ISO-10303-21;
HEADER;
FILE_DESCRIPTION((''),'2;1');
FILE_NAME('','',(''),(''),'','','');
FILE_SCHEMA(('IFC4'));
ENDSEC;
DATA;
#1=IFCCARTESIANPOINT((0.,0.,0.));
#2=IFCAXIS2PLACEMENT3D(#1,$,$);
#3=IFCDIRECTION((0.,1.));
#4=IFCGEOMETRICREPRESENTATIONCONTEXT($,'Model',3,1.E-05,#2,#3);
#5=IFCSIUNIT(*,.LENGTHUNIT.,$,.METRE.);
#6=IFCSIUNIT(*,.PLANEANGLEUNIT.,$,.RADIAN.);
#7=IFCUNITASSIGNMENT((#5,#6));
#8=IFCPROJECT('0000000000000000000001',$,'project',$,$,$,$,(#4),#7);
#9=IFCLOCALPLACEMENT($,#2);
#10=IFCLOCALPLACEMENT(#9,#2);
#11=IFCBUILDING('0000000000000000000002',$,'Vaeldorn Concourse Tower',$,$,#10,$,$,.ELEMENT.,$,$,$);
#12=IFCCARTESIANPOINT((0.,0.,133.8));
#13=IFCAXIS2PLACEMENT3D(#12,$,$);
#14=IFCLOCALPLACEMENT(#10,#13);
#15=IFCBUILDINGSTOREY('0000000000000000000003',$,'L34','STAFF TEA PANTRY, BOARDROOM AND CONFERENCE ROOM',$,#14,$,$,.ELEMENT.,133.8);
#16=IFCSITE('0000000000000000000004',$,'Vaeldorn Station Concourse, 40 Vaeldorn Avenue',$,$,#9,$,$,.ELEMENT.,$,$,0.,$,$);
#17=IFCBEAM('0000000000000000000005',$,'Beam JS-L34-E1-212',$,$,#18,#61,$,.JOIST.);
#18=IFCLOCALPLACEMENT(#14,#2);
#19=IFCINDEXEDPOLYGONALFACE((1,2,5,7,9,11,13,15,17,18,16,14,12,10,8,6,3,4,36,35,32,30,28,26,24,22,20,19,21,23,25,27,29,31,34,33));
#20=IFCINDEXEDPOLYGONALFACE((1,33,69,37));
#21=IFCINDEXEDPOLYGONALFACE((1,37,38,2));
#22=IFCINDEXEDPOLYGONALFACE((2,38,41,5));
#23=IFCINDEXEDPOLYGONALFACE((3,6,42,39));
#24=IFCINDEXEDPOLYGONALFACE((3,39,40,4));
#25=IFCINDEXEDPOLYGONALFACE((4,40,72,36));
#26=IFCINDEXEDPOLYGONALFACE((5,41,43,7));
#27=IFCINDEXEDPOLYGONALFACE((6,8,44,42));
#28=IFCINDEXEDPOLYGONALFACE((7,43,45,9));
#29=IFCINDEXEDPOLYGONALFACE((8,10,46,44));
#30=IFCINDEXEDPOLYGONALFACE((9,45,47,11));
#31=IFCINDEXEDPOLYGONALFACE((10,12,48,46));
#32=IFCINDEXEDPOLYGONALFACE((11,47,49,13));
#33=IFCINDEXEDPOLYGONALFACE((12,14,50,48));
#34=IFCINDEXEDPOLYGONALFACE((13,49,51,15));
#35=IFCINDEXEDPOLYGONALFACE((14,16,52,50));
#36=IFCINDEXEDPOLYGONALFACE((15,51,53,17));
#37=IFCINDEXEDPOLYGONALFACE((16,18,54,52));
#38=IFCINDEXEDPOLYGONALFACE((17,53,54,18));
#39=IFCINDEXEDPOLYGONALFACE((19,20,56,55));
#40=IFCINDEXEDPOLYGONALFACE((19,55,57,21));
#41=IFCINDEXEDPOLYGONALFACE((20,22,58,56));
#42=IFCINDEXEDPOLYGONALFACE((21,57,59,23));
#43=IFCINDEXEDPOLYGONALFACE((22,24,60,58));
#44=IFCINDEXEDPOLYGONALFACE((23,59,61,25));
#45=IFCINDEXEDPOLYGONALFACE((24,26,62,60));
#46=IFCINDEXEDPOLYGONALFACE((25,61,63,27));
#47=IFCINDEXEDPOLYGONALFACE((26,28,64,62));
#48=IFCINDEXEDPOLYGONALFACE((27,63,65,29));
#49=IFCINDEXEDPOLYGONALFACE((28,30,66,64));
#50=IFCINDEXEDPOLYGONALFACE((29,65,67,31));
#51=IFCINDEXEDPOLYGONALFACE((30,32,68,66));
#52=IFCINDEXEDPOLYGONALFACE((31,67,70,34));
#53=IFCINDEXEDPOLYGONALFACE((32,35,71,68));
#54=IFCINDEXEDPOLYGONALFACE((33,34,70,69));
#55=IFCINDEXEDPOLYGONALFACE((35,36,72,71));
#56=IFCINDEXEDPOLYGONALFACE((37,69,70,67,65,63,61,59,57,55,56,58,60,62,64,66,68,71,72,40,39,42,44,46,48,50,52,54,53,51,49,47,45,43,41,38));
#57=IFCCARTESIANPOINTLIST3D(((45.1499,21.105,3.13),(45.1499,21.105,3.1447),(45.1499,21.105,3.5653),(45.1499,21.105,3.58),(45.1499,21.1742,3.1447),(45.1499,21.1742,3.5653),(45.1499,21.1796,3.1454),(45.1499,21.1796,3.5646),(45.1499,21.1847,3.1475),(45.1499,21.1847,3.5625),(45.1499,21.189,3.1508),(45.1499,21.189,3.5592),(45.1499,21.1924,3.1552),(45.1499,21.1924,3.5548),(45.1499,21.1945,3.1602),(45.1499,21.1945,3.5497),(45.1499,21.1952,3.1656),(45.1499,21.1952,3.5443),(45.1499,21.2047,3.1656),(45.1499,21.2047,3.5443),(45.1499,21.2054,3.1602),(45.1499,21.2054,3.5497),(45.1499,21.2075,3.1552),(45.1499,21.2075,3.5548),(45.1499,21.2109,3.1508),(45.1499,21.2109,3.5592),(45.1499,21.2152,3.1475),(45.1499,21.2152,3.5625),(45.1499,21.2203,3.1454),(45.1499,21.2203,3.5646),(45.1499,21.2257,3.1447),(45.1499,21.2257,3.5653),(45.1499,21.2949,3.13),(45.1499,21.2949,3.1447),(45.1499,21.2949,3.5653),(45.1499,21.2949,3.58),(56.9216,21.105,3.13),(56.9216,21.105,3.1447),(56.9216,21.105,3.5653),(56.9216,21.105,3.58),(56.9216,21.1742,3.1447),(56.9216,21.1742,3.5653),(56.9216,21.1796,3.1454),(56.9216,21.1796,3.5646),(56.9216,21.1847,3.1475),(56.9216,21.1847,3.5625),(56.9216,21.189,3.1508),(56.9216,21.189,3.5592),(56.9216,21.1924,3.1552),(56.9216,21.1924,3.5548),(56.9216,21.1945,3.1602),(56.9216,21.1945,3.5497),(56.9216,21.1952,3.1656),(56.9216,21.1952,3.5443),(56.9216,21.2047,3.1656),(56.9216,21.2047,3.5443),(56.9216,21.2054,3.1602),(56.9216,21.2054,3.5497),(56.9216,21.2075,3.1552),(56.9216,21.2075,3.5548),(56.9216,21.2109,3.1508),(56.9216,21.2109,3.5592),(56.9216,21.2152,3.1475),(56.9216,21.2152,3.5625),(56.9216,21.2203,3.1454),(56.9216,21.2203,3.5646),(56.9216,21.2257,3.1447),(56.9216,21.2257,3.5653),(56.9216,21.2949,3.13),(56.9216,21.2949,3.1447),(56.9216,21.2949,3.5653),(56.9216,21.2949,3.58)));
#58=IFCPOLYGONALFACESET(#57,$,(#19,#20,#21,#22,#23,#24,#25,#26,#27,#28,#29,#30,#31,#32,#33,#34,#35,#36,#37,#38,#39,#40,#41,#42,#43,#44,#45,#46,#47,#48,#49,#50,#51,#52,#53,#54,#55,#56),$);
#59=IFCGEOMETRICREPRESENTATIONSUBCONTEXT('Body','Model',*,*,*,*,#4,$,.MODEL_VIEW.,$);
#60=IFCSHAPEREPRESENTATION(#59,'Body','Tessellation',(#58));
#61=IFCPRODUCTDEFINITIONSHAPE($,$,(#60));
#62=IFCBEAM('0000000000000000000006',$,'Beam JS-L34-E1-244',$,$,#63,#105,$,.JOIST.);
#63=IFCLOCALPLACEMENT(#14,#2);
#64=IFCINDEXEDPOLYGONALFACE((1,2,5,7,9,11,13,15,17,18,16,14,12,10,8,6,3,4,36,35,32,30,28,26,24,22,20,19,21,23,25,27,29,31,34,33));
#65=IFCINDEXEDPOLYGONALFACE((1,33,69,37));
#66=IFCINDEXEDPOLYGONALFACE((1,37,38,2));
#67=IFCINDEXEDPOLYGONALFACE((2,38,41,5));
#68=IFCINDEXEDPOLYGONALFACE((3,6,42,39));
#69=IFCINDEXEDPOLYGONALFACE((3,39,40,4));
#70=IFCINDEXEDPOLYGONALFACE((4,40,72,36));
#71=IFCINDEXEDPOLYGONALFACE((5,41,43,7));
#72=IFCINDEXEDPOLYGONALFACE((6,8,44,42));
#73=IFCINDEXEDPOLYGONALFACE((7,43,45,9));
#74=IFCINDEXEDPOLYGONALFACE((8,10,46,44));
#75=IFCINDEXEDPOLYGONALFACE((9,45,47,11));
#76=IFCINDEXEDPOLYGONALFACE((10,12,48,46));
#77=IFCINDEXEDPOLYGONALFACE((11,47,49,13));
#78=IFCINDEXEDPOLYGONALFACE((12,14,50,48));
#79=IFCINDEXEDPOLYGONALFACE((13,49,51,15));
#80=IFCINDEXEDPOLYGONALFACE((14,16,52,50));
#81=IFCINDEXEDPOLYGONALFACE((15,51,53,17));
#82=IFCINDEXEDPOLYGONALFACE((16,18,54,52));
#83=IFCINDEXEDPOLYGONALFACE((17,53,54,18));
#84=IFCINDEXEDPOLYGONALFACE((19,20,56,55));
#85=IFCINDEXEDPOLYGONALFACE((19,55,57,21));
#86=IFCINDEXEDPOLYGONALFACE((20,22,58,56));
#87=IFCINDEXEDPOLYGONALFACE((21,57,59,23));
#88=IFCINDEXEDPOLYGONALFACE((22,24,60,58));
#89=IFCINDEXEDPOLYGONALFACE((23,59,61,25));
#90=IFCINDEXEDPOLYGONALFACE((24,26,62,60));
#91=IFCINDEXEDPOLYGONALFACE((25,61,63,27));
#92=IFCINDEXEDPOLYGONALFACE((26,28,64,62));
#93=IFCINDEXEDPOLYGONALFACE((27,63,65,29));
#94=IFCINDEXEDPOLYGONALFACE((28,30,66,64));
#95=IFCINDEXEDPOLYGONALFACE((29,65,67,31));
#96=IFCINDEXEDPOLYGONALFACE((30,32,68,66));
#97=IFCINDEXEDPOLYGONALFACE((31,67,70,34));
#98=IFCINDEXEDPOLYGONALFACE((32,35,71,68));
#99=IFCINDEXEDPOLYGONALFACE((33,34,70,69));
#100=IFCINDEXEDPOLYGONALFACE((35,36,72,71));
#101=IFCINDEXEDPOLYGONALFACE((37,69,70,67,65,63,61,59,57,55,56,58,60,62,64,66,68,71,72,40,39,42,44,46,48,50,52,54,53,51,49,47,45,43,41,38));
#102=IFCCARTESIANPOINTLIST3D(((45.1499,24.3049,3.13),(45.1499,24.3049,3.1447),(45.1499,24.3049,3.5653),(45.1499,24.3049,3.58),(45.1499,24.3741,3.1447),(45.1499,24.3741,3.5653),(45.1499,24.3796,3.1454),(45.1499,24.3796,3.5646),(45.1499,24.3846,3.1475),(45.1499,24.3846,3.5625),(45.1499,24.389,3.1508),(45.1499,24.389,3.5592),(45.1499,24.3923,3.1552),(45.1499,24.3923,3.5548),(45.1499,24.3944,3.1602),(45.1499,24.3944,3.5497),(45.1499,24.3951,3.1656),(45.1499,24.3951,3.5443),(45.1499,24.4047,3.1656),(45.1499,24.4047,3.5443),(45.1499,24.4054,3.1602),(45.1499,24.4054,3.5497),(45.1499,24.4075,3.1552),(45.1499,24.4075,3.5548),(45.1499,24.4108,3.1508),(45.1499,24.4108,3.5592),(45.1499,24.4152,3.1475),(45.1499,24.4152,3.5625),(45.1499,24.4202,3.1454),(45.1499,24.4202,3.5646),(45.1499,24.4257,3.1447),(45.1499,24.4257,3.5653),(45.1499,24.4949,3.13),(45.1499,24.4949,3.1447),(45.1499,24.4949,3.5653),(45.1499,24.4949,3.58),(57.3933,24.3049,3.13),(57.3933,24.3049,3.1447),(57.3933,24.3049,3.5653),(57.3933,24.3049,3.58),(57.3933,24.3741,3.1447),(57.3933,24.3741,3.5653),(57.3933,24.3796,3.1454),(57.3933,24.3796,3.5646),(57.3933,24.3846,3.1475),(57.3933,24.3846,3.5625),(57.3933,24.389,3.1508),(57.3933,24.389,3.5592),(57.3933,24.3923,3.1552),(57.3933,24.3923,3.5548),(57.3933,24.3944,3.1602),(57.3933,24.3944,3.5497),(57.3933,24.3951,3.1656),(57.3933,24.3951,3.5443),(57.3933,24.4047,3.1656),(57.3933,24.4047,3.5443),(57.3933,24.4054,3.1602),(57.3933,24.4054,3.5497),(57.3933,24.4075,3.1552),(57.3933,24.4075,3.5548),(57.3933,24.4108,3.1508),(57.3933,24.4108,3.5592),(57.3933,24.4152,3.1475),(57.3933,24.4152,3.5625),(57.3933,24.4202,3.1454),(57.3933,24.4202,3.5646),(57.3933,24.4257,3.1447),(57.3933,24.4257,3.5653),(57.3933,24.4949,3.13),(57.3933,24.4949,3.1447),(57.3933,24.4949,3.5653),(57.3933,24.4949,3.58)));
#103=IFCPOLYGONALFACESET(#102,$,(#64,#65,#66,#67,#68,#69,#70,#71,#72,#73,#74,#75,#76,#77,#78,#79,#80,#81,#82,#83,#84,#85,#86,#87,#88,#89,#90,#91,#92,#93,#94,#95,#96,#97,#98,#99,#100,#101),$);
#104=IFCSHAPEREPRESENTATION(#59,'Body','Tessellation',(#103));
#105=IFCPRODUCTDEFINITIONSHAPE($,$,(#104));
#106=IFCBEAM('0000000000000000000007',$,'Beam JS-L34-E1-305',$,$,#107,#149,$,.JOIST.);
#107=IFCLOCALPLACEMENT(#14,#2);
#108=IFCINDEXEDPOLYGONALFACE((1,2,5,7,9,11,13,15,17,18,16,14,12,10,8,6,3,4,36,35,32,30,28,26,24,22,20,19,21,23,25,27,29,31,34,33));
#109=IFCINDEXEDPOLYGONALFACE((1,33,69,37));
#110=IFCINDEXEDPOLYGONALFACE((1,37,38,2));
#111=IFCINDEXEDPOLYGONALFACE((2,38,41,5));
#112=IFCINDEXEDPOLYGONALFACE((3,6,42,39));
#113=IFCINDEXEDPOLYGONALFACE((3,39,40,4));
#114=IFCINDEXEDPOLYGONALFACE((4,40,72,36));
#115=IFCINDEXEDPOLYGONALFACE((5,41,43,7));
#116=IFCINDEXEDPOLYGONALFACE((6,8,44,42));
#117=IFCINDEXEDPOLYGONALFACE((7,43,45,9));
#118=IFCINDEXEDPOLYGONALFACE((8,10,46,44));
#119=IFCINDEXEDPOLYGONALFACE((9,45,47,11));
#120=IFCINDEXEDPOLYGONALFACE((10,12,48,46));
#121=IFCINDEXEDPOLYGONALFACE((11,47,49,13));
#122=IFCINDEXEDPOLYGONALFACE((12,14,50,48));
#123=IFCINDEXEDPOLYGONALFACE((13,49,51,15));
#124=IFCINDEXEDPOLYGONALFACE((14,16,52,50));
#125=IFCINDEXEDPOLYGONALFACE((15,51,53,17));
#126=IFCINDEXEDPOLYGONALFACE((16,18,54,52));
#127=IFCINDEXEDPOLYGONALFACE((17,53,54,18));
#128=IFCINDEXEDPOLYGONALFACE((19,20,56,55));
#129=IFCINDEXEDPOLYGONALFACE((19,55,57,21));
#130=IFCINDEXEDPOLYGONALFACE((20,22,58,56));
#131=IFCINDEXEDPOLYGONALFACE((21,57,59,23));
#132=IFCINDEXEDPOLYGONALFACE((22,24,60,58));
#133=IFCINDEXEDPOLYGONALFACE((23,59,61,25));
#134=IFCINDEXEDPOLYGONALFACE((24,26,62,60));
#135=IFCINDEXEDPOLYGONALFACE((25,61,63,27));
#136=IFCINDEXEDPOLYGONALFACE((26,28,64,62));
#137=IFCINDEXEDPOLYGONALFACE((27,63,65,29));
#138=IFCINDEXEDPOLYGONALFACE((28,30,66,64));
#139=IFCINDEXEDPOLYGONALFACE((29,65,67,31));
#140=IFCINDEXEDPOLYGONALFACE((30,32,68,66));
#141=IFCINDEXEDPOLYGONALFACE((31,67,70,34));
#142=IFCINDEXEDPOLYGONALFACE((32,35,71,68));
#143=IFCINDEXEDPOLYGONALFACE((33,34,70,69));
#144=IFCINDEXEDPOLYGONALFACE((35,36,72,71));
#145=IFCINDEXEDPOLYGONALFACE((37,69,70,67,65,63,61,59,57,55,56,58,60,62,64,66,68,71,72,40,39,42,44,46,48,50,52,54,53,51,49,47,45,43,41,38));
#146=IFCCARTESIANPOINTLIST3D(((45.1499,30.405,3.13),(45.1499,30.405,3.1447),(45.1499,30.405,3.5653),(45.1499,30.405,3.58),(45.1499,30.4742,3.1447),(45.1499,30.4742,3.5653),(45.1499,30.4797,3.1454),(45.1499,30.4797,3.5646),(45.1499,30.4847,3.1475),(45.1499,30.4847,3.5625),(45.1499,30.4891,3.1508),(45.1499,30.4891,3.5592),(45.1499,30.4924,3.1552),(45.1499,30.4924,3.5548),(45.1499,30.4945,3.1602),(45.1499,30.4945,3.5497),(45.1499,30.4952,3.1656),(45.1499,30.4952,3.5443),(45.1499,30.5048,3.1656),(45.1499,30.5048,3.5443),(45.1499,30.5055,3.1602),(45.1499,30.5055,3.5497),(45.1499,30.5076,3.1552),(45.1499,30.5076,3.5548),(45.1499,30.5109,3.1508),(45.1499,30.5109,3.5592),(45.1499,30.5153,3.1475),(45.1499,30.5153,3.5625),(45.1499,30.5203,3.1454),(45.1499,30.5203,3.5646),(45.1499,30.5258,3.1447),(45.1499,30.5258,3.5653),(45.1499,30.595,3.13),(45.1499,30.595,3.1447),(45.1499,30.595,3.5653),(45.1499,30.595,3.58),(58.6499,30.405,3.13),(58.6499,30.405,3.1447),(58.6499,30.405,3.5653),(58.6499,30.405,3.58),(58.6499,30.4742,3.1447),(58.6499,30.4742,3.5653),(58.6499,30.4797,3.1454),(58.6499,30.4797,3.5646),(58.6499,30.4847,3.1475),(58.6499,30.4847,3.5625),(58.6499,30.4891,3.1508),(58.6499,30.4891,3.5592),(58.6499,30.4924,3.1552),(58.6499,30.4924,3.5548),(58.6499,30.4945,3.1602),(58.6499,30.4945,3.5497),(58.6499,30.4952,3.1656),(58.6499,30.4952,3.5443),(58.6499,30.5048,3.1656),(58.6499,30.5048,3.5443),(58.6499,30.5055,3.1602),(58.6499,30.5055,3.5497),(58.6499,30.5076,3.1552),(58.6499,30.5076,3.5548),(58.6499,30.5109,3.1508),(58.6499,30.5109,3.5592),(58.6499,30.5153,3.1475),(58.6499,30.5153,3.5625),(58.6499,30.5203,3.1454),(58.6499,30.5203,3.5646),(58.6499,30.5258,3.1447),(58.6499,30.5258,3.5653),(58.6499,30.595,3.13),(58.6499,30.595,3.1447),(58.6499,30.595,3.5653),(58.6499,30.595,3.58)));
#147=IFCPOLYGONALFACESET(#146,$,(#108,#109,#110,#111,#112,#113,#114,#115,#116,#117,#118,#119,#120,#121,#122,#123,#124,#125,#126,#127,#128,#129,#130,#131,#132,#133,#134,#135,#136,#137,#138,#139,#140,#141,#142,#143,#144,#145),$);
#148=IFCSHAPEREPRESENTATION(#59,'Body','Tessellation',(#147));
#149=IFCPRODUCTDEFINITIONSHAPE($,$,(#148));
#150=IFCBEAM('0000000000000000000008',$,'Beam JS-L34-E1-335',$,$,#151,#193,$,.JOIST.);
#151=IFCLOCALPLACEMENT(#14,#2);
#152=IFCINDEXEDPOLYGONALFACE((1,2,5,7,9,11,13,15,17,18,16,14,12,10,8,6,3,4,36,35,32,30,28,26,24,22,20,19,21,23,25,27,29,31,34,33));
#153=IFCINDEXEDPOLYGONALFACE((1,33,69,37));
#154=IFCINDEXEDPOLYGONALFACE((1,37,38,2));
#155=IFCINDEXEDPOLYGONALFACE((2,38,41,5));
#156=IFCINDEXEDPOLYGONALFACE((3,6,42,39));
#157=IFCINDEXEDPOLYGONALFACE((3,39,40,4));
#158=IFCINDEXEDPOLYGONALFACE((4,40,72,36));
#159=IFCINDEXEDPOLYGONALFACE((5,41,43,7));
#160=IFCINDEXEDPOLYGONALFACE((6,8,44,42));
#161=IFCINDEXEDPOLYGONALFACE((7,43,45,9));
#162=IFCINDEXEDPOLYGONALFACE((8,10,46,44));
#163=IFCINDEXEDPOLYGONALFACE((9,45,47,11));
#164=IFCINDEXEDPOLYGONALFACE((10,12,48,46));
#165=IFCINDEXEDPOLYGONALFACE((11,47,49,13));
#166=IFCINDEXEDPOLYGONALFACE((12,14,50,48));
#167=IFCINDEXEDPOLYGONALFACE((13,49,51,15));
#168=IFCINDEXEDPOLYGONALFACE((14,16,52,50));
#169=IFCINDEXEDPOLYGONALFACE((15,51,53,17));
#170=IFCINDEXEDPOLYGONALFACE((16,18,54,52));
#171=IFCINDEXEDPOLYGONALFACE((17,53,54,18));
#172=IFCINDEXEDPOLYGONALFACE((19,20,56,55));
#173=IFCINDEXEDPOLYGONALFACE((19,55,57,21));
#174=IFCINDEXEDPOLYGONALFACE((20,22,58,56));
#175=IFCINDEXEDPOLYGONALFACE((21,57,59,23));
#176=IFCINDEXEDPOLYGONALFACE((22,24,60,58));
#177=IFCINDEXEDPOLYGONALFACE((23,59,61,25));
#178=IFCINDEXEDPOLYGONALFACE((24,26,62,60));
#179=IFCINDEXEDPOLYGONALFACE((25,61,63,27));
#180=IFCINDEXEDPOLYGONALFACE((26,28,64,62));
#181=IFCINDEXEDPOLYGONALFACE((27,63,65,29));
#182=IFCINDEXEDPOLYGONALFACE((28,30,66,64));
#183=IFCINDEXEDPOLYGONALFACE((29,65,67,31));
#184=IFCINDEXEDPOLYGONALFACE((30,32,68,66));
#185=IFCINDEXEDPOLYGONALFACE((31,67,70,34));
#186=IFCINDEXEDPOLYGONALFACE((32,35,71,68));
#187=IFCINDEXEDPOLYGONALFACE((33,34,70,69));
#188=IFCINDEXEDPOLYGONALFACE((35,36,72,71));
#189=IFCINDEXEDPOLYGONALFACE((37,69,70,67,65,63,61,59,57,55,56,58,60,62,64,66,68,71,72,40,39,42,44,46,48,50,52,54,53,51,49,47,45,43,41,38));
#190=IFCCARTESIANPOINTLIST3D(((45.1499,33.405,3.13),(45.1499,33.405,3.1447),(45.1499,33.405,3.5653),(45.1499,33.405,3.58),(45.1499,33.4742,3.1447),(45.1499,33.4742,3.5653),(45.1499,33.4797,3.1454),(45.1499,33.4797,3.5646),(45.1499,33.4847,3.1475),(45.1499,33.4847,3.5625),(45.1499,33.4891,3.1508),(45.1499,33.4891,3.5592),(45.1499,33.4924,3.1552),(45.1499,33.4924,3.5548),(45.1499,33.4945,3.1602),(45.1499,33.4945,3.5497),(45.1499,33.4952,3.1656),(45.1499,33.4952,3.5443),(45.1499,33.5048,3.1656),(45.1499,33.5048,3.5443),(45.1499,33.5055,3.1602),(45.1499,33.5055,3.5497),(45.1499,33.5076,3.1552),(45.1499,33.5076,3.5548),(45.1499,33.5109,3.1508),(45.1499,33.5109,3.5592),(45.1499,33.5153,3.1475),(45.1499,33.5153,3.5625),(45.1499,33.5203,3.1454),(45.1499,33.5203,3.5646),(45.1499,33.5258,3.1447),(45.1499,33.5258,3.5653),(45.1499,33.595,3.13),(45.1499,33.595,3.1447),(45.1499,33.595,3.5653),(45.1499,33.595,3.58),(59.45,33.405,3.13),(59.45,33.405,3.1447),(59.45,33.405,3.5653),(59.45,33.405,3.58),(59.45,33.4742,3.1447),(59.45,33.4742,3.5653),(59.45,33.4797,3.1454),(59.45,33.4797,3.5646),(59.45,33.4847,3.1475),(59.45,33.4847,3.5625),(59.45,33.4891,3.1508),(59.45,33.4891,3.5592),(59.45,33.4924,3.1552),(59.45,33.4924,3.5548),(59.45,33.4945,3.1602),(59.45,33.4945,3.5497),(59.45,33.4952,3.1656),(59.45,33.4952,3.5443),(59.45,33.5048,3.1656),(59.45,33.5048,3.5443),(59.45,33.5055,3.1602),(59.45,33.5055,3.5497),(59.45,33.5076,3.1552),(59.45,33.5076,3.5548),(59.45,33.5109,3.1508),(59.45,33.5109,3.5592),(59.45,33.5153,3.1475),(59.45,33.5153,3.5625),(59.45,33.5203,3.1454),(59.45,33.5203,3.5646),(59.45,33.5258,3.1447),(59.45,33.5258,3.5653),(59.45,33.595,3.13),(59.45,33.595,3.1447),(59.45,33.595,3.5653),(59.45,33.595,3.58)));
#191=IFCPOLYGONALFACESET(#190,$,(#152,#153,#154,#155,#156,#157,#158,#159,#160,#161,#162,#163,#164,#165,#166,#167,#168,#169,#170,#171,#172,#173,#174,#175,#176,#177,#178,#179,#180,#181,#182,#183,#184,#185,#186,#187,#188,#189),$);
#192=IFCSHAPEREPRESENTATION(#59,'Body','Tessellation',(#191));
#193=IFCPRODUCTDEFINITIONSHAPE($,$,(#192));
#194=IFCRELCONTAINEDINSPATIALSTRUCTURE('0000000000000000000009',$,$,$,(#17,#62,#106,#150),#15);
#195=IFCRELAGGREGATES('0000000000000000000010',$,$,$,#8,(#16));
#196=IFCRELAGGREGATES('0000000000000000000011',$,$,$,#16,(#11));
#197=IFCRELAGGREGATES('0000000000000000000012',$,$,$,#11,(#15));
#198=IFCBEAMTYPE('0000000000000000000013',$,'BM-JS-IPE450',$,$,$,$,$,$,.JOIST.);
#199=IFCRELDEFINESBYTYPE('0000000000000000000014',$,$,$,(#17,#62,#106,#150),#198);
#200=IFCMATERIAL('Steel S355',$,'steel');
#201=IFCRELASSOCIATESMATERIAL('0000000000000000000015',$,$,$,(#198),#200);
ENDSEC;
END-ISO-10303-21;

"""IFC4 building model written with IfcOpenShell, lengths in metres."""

from ifc_helpers import new_model, si_unit, direction, frame, origin, origin_2d, place, context, subcontext, project, spatial, i_section, extrude, source, transform, mapped, material, material_profile, profile_set, type_object, element, save


model = new_model("IFC4")

# Units and contexts
model_context = context("Model", 3, precision=1e-05, world=origin(), true_north=direction((0.0, 1.0)))
body_context = subcontext(model_context, "Body", "Model", "MODEL_VIEW")
ifc_project = project(units=[si_unit("LENGTHUNIT", "METRE"), si_unit("PLANEANGLEUNIT", "RADIAN")], contexts=[model_context])

# Site, building, storey
site_placement = place(None, origin())
site = spatial("IfcSite", under=ifc_project, at=site_placement, Name="Vaeldorn Station Concourse, 40 Vaeldorn Avenue", CompositionType="ELEMENT", RefElevation=0.0)
building_placement = place(site_placement, origin())
building = spatial("IfcBuilding", under=site, at=building_placement, Name="Vaeldorn Concourse Tower", CompositionType="ELEMENT")
storey_placement = place(building_placement, frame((0.0, 0.0, 133.8)))
storey = spatial("IfcBuildingStorey", under=building, at=storey_placement, Name="L34", Description="STAFF TEA PANTRY, BOARDROOM AND CONFERENCE ROOM", CompositionType="ELEMENT", Elevation=133.8)

# Beams
ifc_material_1 = material(Name="Steel S355", Category="steel")
ifc_material_profile_1 = material_profile(ifc_material_1, i_section(OverallWidth=0.1899, OverallDepth=0.45, WebThickness=0.0095, FlangeThickness=0.0146, FilletRadius=0.021, at=origin_2d()), Name="IPE 450")
ifc_profile_set_1 = profile_set([ifc_material_profile_1], Name="Steel S355")
beam_type_1 = type_object("IfcBeamType", Name="BM-JS-IPE450", PredefinedType="JOIST", material=ifc_profile_set_1)
shared_shape_1 = source(origin(), body_context, "Body", "SweptSolid", [
    extrude(i_section(OverallWidth=0.1899, OverallDepth=0.45, WebThickness=0.0095, FlangeThickness=0.0146, FilletRadius=0.021, at=origin_2d()), origin(), (0.0, 0.0, 1.0), 11.7717),
])
beam_1_placement = place(storey_placement, frame((45.1499, 21.2, 3.355), z_axis=(1.0, 0.0, 0.0), x_axis=(0.0, 1.0, 0.0)))
element("IfcBeam", 1, at=beam_1_placement, inside=storey, type_object=beam_type_1, Name="Beam JS-L34-E1-212", PredefinedType="JOIST", context=body_context, shape_type="MappedRepresentation", body=[
    mapped(shared_shape_1, transform((0.0, 0.0, 0.0), scale=1.0)),
])
shared_shape_2 = source(origin(), body_context, "Body", "SweptSolid", [
    extrude(i_section(OverallWidth=0.1899, OverallDepth=0.45, WebThickness=0.0095, FlangeThickness=0.0146, FilletRadius=0.021, at=origin_2d()), origin(), (0.0, 0.0, 1.0), 12.2434),
])
beam_2_placement = place(storey_placement, frame((45.1499, 24.3999, 3.355), z_axis=(1.0, 0.0, 0.0), x_axis=(0.0, 1.0, 0.0)))
element("IfcBeam", 2, at=beam_2_placement, inside=storey, type_object=beam_type_1, Name="Beam JS-L34-E1-244", PredefinedType="JOIST", context=body_context, shape_type="MappedRepresentation", body=[
    mapped(shared_shape_2, transform((0.0, 0.0, 0.0), scale=1.0)),
])
shared_shape_3 = source(origin(), body_context, "Body", "SweptSolid", [
    extrude(i_section(OverallWidth=0.1899, OverallDepth=0.45, WebThickness=0.0095, FlangeThickness=0.0146, FilletRadius=0.021, at=origin_2d()), origin(), (0.0, 0.0, 1.0), 13.5),
])
beam_3_placement = place(storey_placement, frame((45.1499, 30.5, 3.355), z_axis=(1.0, 0.0, 0.0), x_axis=(0.0, 1.0, 0.0)))
element("IfcBeam", 3, at=beam_3_placement, inside=storey, type_object=beam_type_1, Name="Beam JS-L34-E1-305", PredefinedType="JOIST", context=body_context, shape_type="MappedRepresentation", body=[
    mapped(shared_shape_3, transform((0.0, 0.0, 0.0), scale=1.0)),
])
shared_shape_4 = source(origin(), body_context, "Body", "SweptSolid", [
    extrude(i_section(OverallWidth=0.1899, OverallDepth=0.45, WebThickness=0.0095, FlangeThickness=0.0146, FilletRadius=0.021, at=origin_2d()), origin(), (0.0, 0.0, 1.0), 14.3),
])
beam_4_placement = place(storey_placement, frame((45.1499, 33.5, 3.355), z_axis=(1.0, 0.0, 0.0), x_axis=(0.0, 1.0, 0.0)))
element("IfcBeam", 4, at=beam_4_placement, inside=storey, type_object=beam_type_1, Name="Beam JS-L34-E1-335", PredefinedType="JOIST", context=body_context, shape_type="MappedRepresentation", body=[
    mapped(shared_shape_4, transform((0.0, 0.0, 0.0), scale=1.0)),
])

save(model, "model.ifc")
